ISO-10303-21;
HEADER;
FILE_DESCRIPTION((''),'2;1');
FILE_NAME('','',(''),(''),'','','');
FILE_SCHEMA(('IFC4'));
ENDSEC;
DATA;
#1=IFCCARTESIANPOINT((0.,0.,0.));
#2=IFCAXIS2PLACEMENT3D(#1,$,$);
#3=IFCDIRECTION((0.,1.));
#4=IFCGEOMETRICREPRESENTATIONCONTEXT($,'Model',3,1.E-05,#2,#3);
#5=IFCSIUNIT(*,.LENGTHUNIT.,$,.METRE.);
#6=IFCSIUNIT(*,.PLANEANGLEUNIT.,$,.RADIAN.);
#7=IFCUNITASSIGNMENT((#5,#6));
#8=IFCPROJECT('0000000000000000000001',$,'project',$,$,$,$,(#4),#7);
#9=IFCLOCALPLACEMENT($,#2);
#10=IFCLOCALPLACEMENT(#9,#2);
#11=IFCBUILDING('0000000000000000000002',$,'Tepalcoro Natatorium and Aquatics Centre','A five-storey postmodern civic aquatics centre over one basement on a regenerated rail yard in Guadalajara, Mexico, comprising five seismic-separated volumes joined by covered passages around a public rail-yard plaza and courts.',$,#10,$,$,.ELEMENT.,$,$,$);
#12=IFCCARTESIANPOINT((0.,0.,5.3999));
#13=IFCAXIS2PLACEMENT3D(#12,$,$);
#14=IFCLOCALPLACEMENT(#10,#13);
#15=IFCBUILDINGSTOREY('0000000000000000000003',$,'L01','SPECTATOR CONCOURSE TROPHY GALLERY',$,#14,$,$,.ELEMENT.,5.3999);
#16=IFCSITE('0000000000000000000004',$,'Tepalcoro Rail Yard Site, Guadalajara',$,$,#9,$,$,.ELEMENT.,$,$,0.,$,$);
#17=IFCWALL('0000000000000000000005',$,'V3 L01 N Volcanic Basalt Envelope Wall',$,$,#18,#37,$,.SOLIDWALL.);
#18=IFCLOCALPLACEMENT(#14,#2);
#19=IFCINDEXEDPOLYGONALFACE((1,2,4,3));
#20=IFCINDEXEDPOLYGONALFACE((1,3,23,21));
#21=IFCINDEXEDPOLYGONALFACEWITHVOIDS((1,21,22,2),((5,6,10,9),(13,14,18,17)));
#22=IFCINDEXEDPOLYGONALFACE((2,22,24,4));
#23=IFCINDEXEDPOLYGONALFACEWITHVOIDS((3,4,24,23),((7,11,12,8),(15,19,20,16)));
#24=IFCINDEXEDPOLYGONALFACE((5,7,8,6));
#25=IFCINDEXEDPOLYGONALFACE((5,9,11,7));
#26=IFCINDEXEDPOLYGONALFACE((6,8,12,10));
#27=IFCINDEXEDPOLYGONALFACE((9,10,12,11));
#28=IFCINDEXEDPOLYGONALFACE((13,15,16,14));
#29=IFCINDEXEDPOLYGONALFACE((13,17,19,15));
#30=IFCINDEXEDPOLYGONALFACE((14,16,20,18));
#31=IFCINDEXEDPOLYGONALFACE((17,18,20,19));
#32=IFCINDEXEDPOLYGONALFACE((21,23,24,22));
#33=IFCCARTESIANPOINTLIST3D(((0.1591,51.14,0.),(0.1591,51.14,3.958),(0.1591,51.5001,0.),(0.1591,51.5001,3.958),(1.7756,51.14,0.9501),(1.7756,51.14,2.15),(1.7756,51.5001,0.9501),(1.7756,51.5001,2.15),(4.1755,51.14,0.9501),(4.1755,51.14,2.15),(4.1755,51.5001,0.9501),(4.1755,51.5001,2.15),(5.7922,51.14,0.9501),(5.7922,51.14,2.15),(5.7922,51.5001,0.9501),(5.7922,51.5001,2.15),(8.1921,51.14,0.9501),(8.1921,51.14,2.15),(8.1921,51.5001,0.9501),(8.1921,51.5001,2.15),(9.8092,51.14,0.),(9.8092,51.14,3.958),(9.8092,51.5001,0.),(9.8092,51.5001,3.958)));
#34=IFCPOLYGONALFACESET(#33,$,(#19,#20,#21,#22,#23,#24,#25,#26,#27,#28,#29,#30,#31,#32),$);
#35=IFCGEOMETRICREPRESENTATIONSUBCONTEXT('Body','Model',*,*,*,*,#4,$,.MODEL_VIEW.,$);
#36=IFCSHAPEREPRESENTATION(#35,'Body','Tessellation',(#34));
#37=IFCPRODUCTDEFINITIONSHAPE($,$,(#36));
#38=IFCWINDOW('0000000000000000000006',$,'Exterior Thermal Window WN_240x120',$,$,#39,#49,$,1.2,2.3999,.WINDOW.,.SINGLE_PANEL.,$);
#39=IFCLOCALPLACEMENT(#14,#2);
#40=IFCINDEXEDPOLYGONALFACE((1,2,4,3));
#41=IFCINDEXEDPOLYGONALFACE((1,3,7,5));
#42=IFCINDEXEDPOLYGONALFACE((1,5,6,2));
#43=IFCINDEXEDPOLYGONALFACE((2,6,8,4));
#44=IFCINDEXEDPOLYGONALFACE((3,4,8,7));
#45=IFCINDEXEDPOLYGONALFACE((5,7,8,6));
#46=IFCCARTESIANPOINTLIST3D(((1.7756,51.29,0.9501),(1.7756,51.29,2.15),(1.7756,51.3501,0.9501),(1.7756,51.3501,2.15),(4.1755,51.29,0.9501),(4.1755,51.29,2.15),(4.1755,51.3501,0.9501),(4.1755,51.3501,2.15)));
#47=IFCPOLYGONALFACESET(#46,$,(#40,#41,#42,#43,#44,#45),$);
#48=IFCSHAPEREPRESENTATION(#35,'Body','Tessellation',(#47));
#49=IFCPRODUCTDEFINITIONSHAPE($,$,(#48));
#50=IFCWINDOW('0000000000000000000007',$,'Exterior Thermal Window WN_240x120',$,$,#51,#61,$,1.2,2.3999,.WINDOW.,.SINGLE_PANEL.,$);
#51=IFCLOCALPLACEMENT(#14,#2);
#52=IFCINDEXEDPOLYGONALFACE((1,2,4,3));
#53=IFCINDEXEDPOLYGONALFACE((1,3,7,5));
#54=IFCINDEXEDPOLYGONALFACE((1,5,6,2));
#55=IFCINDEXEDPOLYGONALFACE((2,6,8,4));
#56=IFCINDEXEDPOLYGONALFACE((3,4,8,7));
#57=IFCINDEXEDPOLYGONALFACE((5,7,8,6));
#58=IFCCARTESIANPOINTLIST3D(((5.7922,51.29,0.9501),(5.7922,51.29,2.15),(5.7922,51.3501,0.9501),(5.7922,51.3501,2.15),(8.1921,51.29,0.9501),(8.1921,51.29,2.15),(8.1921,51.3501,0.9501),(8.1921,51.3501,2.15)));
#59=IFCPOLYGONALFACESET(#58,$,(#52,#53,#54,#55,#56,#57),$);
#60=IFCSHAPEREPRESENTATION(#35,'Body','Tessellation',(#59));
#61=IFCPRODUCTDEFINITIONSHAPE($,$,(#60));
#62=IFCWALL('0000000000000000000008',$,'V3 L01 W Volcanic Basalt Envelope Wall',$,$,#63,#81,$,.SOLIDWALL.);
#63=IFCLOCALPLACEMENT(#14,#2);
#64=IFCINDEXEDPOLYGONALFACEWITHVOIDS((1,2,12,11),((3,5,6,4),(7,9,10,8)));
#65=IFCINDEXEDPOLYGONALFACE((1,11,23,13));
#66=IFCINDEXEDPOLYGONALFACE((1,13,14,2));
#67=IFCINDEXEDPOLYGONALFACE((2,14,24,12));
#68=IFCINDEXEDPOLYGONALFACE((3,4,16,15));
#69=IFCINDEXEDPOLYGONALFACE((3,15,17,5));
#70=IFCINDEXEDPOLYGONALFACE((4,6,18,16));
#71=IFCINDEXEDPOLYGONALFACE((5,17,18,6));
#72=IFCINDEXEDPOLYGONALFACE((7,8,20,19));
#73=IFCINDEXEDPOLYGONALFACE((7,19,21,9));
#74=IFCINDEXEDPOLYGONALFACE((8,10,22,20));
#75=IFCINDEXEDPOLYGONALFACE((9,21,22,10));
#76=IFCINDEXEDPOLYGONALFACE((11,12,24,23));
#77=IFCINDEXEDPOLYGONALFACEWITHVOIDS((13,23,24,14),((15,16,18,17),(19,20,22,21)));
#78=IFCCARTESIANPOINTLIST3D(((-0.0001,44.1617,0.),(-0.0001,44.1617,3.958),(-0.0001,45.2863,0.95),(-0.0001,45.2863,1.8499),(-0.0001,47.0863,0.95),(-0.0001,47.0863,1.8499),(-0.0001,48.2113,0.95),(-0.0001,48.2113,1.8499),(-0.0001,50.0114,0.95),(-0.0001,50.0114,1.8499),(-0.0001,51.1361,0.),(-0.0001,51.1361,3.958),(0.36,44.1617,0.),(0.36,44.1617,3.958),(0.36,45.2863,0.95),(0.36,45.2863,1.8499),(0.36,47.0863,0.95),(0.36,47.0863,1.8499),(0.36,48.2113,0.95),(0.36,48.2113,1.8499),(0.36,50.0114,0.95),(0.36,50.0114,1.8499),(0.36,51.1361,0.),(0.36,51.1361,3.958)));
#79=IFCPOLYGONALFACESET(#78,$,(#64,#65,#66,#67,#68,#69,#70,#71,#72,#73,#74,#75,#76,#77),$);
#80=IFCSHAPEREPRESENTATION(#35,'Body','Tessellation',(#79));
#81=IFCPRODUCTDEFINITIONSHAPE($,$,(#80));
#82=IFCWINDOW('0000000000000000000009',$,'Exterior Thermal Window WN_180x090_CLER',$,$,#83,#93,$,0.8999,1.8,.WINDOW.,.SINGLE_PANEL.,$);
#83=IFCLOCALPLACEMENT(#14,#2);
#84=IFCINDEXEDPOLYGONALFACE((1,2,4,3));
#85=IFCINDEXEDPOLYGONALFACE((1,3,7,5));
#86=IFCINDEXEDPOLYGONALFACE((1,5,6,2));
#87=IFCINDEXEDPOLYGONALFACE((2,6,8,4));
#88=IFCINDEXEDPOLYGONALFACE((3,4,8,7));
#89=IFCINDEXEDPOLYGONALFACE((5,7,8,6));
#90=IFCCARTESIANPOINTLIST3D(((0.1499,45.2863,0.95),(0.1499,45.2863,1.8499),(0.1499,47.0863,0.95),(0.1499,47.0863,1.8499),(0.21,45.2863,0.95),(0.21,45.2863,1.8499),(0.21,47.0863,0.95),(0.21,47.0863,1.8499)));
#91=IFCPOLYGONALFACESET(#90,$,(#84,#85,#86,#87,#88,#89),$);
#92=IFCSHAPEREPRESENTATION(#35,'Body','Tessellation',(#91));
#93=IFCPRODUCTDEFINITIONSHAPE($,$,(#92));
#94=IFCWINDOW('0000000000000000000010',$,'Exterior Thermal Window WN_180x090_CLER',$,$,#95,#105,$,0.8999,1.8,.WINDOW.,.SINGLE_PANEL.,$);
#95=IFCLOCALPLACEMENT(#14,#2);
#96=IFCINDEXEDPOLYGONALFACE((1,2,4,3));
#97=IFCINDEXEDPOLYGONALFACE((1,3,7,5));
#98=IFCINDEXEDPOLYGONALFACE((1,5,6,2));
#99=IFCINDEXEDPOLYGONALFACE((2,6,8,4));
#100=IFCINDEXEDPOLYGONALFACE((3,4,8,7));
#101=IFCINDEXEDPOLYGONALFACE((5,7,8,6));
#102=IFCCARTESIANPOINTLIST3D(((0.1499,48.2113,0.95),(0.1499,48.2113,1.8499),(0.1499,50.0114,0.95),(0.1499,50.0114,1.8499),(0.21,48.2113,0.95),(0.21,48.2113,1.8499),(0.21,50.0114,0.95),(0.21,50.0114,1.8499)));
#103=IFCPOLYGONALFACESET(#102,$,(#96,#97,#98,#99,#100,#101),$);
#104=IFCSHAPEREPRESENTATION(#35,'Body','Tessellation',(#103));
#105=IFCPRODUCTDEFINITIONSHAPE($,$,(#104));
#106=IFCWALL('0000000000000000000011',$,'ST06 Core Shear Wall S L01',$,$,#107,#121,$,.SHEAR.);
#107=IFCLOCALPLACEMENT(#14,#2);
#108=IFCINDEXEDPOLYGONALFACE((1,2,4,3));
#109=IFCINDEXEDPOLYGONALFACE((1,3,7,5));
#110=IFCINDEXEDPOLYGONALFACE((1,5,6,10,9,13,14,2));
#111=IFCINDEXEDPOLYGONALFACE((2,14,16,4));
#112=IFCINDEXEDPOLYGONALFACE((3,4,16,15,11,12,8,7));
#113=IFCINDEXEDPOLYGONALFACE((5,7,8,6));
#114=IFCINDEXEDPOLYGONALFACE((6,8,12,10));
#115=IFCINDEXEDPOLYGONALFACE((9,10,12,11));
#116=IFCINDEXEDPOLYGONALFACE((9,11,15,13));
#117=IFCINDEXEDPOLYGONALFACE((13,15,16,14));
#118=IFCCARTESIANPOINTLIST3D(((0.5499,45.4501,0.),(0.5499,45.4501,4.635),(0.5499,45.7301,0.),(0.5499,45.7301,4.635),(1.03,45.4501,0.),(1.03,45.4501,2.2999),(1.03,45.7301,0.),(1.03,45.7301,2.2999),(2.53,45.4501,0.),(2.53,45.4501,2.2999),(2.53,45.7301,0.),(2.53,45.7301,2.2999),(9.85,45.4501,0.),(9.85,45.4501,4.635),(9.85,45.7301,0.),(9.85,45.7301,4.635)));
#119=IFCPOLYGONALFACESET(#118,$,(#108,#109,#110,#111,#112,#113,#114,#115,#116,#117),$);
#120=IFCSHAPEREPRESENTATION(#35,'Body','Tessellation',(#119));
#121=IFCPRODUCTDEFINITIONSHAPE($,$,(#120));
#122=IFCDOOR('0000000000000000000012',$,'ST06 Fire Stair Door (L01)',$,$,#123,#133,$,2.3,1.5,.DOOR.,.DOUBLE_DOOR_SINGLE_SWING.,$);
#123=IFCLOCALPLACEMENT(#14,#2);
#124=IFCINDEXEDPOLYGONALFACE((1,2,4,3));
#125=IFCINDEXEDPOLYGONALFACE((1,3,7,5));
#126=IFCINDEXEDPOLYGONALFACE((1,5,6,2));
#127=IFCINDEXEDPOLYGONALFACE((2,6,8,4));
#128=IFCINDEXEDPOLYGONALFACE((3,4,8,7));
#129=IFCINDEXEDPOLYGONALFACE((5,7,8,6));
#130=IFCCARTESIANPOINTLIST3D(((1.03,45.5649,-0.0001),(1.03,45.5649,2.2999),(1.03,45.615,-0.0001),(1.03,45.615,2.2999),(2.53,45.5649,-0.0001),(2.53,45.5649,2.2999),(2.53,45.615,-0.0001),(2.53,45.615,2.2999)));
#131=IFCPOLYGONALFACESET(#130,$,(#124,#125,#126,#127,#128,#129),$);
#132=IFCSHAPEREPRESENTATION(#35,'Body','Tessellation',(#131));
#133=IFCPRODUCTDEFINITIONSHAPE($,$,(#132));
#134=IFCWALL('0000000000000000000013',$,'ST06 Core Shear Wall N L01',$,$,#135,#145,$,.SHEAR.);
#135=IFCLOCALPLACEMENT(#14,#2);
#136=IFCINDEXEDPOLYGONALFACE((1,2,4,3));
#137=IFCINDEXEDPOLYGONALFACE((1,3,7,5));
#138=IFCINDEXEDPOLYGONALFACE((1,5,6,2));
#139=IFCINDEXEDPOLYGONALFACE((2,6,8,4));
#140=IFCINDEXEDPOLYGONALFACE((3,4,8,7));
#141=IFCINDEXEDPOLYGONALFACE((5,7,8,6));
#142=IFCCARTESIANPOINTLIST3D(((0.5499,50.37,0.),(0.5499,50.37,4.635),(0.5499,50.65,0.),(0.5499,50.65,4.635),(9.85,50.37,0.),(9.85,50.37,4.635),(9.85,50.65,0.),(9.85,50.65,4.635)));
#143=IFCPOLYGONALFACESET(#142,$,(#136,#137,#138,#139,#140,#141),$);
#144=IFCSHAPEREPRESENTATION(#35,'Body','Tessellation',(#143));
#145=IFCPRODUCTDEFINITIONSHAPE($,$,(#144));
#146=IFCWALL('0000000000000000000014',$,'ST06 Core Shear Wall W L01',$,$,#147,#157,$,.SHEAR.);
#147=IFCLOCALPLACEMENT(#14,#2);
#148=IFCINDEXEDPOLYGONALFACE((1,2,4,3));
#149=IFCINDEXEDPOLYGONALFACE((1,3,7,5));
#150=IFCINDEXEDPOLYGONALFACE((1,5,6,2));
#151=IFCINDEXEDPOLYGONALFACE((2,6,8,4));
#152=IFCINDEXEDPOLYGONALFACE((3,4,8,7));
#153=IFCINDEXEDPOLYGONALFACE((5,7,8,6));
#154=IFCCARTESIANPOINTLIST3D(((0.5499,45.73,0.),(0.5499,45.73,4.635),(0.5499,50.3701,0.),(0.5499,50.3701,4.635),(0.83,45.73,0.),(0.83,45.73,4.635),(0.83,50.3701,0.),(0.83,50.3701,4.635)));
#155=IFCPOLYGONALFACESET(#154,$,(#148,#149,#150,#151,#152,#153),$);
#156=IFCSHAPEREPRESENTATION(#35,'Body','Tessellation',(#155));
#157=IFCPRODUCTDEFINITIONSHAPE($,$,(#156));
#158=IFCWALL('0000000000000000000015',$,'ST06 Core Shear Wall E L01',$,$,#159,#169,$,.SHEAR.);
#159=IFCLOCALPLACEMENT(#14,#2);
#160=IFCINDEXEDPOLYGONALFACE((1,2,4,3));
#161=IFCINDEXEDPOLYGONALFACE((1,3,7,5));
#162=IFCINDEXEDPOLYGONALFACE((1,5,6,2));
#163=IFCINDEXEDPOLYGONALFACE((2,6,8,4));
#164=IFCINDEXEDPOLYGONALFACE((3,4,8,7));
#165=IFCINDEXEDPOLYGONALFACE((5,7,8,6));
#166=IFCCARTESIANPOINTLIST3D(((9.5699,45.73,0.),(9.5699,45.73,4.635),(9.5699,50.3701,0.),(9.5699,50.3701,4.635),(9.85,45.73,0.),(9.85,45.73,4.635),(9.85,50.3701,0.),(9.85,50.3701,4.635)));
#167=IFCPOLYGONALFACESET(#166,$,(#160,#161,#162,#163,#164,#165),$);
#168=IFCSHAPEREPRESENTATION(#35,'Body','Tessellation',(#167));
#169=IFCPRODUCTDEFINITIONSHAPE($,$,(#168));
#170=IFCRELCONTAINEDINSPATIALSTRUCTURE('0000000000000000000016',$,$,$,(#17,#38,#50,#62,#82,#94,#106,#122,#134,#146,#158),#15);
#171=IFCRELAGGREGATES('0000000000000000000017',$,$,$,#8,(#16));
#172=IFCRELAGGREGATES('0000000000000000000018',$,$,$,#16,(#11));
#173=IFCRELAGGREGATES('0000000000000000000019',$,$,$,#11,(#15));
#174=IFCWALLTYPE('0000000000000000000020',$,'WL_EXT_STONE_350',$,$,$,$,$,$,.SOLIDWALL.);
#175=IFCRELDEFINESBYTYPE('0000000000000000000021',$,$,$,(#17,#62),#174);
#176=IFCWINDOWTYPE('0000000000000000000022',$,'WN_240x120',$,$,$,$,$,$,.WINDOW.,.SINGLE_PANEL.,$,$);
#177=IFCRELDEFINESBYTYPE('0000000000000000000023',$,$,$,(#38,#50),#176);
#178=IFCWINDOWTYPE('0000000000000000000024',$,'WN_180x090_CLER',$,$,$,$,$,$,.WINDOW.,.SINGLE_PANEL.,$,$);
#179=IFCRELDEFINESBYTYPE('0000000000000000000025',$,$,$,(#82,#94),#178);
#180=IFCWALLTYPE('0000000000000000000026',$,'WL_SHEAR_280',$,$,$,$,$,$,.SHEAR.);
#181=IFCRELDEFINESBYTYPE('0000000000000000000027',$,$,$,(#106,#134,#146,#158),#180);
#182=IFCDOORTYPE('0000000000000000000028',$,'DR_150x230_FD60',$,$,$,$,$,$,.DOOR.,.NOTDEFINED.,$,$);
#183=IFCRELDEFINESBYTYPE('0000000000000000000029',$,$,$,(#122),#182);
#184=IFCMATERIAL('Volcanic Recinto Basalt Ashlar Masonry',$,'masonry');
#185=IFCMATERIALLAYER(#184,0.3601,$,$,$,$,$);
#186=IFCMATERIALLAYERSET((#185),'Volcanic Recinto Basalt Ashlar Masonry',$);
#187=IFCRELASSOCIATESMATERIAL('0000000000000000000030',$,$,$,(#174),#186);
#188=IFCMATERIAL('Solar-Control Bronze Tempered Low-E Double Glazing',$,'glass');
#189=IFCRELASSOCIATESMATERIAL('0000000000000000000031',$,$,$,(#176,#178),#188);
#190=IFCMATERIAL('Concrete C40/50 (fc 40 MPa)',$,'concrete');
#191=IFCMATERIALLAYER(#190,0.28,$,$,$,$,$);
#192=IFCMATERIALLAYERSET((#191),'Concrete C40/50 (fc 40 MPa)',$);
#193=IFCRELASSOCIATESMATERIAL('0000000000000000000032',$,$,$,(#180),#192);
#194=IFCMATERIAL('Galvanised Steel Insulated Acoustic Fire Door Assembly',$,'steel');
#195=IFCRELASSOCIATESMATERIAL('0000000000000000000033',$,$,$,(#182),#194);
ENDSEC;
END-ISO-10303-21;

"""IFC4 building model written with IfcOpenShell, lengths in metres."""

from ifc_helpers import new_model, si_unit, direction, frame, frame_2d, origin, place, context, subcontext, project, spatial, rectangle, extrude, material, layer, layer_set, type_object, element, fill, save


model = new_model("IFC4")

# Units and contexts
model_context = context("Model", 3, precision=1e-05, world=origin(), true_north=direction((0.0, 1.0)))
body_context = subcontext(model_context, "Body", "Model", "MODEL_VIEW")
ifc_project = project(units=[si_unit("LENGTHUNIT", "METRE"), si_unit("PLANEANGLEUNIT", "RADIAN")], contexts=[model_context])

# Site, building, storey
site_placement = place(None, origin())
site = spatial("IfcSite", under=ifc_project, at=site_placement, Name="Tepalcoro Rail Yard Site, Guadalajara", CompositionType="ELEMENT", RefElevation=0.0)
building_placement = place(site_placement, origin())
building = spatial("IfcBuilding", under=site, at=building_placement, Name="Tepalcoro Natatorium and Aquatics Centre", Description="A five-storey postmodern civic aquatics centre over one basement on a regenerated rail yard in Guadalajara, Mexico, comprising five seismic-separated volumes joined by covered passages around a public rail-yard plaza and courts.", CompositionType="ELEMENT")
storey_placement = place(building_placement, frame((0.0, 0.0, 5.3999)))
storey = spatial("IfcBuildingStorey", under=building, at=storey_placement, Name="L01", Description="SPECTATOR CONCOURSE TROPHY GALLERY", CompositionType="ELEMENT", Elevation=5.3999)

# Shared definitions
ifc_material_1 = material(Name="Concrete C40/50 (fc 40 MPa)", Category="concrete")

# Shared definitions
ifc_material_2 = material(Name="Solar-Control Bronze Tempered Low-E Double Glazing", Category="glass")
ifc_material_3 = material(Name="Volcanic Recinto Basalt Ashlar Masonry", Category="masonry")

# Walls, openings, windows
ifc_layer_1 = layer(ifc_material_3, 0.3601)
ifc_layer_set_1 = layer_set([ifc_layer_1], Name="Volcanic Recinto Basalt Ashlar Masonry")
wall_type_1 = type_object("IfcWallType", Name="WL_EXT_STONE_350", PredefinedType="SOLIDWALL", material=ifc_layer_set_1)
wall_1_placement = place(storey_placement, frame((0.1589, 51.3201, 0.0), z_axis=(0.0, 0.0, 1.0), x_axis=(1.0, 0.0, 0.0)))
wall_1 = element("IfcWall", 1, at=wall_1_placement, inside=storey, type_object=wall_type_1, Name="V3 L01 N Volcanic Basalt Envelope Wall", PredefinedType="SOLIDWALL", context=body_context, shape_type="SweptSolid", body=[
    extrude(rectangle(XDim=9.6501, YDim=0.3601, at=frame_2d((4.8252, 0.0))), origin(), (0.0, 0.0, 1.0), 3.958),
])
opening_1_placement = place(wall_1_placement, frame((1.6167, 0.0, 0.95)))
opening_1 = element("IfcOpeningElement", 2, at=opening_1_placement, cuts=wall_1, PredefinedType="OPENING", context=body_context, shape_type="SweptSolid", body=[
    extrude(rectangle(XDim=2.3999, YDim=1.2, at=frame_2d((1.2, 0.6001))), frame((0.0, 0.1919, 0.0), z_axis=(0.0, -1.0, 0.0), x_axis=(1.0, 0.0, 0.0)), (0.0, 0.0, 1.0), 0.384),
])
opening_2_placement = place(wall_1_placement, frame((5.6333, 0.0, 0.95)))
opening_2 = element("IfcOpeningElement", 3, at=opening_2_placement, cuts=wall_1, PredefinedType="OPENING", context=body_context, shape_type="SweptSolid", body=[
    extrude(rectangle(XDim=2.3999, YDim=1.2, at=frame_2d((1.2, 0.6001))), frame((0.0, 0.1919, 0.0), z_axis=(0.0, -1.0, 0.0), x_axis=(1.0, 0.0, 0.0)), (0.0, 0.0, 1.0), 0.384),
])
window_type_1 = type_object("IfcWindowType", Name="WN_240x120", PartitioningType="SINGLE_PANEL", PredefinedType="WINDOW", material=ifc_material_2)
window_1_placement = place(opening_1_placement, origin())
window_1 = element("IfcWindow", 4, at=window_1_placement, inside=storey, type_object=window_type_1, Name="Exterior Thermal Window WN_240x120", OverallHeight=1.2, OverallWidth=2.3999, PartitioningType="SINGLE_PANEL", PredefinedType="WINDOW", context=body_context, shape_type="SweptSolid", body=[
    extrude(rectangle(XDim=2.3999, YDim=1.2, at=frame_2d((1.2, 0.6001))), frame((0.0, 0.03, 0.0), z_axis=(0.0, -1.0, 0.0), x_axis=(1.0, 0.0, 0.0)), (0.0, 0.0, 1.0), 0.0601),
])
fill(opening_1, window_1)
window_2_placement = place(opening_2_placement, origin())
window_2 = element("IfcWindow", 5, at=window_2_placement, inside=storey, type_object=window_type_1, Name="Exterior Thermal Window WN_240x120", OverallHeight=1.2, OverallWidth=2.3999, PartitioningType="SINGLE_PANEL", PredefinedType="WINDOW", context=body_context, shape_type="SweptSolid", body=[
    extrude(rectangle(XDim=2.3999, YDim=1.2, at=frame_2d((1.2, 0.6001))), frame((0.0, 0.03, 0.0), z_axis=(0.0, -1.0, 0.0), x_axis=(1.0, 0.0, 0.0)), (0.0, 0.0, 1.0), 0.0601),
])
fill(opening_2, window_2)
wall_2_placement = place(storey_placement, frame((0.1799, 44.1616, 0.0), z_axis=(0.0, 0.0, 1.0), x_axis=(0.0, 1.0, 0.0)))
wall_2 = element("IfcWall", 6, at=wall_2_placement, inside=storey, type_object=wall_type_1, Name="V3 L01 W Volcanic Basalt Envelope Wall", PredefinedType="SOLIDWALL", context=body_context, shape_type="SweptSolid", body=[
    extrude(rectangle(XDim=6.9744, YDim=0.3601, at=frame_2d((3.4873, 0.0))), origin(), (0.0, 0.0, 1.0), 3.958),
])
opening_3_placement = place(wall_2_placement, frame((1.1248, 0.0, 0.95)))
opening_3 = element("IfcOpeningElement", 7, at=opening_3_placement, cuts=wall_2, PredefinedType="OPENING", context=body_context, shape_type="SweptSolid", body=[
    extrude(rectangle(XDim=1.8, YDim=0.8999, at=frame_2d((0.8999, 0.45))), frame((0.0, 0.1919, 0.0), z_axis=(0.0, -1.0, 0.0), x_axis=(1.0, 0.0, 0.0)), (0.0, 0.0, 1.0), 0.384),
])
opening_4_placement = place(wall_2_placement, frame((4.0498, 0.0, 0.95)))
opening_4 = element("IfcOpeningElement", 8, at=opening_4_placement, cuts=wall_2, PredefinedType="OPENING", context=body_context, shape_type="SweptSolid", body=[
    extrude(rectangle(XDim=1.8, YDim=0.8999, at=frame_2d((0.8999, 0.45))), frame((0.0, 0.1919, 0.0), z_axis=(0.0, -1.0, 0.0), x_axis=(1.0, 0.0, 0.0)), (0.0, 0.0, 1.0), 0.384),
])
window_type_2 = type_object("IfcWindowType", Name="WN_180x090_CLER", PartitioningType="SINGLE_PANEL", PredefinedType="WINDOW", material=ifc_material_2)
window_3_placement = place(opening_3_placement, origin())
window_3 = element("IfcWindow", 9, at=window_3_placement, inside=storey, type_object=window_type_2, Name="Exterior Thermal Window WN_180x090_CLER", OverallHeight=0.8999, OverallWidth=1.8, PartitioningType="SINGLE_PANEL", PredefinedType="WINDOW", context=body_context, shape_type="SweptSolid", body=[
    extrude(rectangle(XDim=1.8, YDim=0.8999, at=frame_2d((0.8999, 0.45))), frame((0.0, 0.03, 0.0), z_axis=(0.0, -1.0, 0.0), x_axis=(1.0, 0.0, 0.0)), (0.0, 0.0, 1.0), 0.0601),
])
fill(opening_3, window_3)
window_4_placement = place(opening_4_placement, origin())
window_4 = element("IfcWindow", 10, at=window_4_placement, inside=storey, type_object=window_type_2, Name="Exterior Thermal Window WN_180x090_CLER", OverallHeight=0.8999, OverallWidth=1.8, PartitioningType="SINGLE_PANEL", PredefinedType="WINDOW", context=body_context, shape_type="SweptSolid", body=[
    extrude(rectangle(XDim=1.8, YDim=0.8999, at=frame_2d((0.8999, 0.45))), frame((0.0, 0.03, 0.0), z_axis=(0.0, -1.0, 0.0), x_axis=(1.0, 0.0, 0.0)), (0.0, 0.0, 1.0), 0.0601),
])
fill(opening_4, window_4)

# Wall, opening, door
ifc_layer_2 = layer(ifc_material_1, 0.28)
ifc_layer_set_2 = layer_set([ifc_layer_2], Name="Concrete C40/50 (fc 40 MPa)")
wall_type_2 = type_object("IfcWallType", Name="WL_SHEAR_280", PredefinedType="SHEAR", material=ifc_layer_set_2)
wall_3_placement = place(storey_placement, frame((0.55, 45.5901, 0.0), z_axis=(0.0, 0.0, 1.0), x_axis=(1.0, 0.0, 0.0)))
wall_3 = element("IfcWall", 11, at=wall_3_placement, inside=storey, type_object=wall_type_2, Name="ST06 Core Shear Wall S L01", PredefinedType="SHEAR", context=body_context, shape_type="SweptSolid", body=[
    extrude(rectangle(XDim=9.3, YDim=0.28, at=frame_2d((4.6499, 0.0))), origin(), (0.0, 0.0, 1.0), 4.635),
])
opening_5_placement = place(wall_3_placement, frame((0.48, 0.0, 0.0)))
opening_5 = element("IfcOpeningElement", 12, at=opening_5_placement, cuts=wall_3, PredefinedType="OPENING", context=body_context, shape_type="SweptSolid", body=[
    extrude(rectangle(XDim=1.5, YDim=2.3, at=frame_2d((0.75, 1.1499))), frame((0.0, 0.1519, 0.0), z_axis=(0.0, -1.0, 0.0), x_axis=(1.0, 0.0, 0.0)), (0.0, 0.0, 1.0), 0.304),
])
ifc_material_4 = material(Name="Galvanised Steel Insulated Acoustic Fire Door Assembly", Category="steel")
door_type = type_object("IfcDoorType", Name="DR_150x230_FD60", OperationType="NOTDEFINED", PredefinedType="DOOR", material=ifc_material_4)
door_placement = place(opening_5_placement, origin())
door = element("IfcDoor", 13, at=door_placement, inside=storey, type_object=door_type, Name="ST06 Fire Stair Door (L01)", OperationType="DOUBLE_DOOR_SINGLE_SWING", OverallHeight=2.3, OverallWidth=1.5, PredefinedType="DOOR", context=body_context, shape_type="SweptSolid", body=[
    extrude(rectangle(XDim=1.5, YDim=2.3, at=frame_2d((0.75, 1.1499))), frame((0.0, 0.0249, 0.0), z_axis=(0.0, -1.0, 0.0), x_axis=(1.0, 0.0, 0.0)), (0.0, 0.0, 1.0), 0.05),
])
fill(opening_5, door)

# Walls
wall_4_placement = place(storey_placement, frame((0.55, 50.51, 0.0), z_axis=(0.0, 0.0, 1.0), x_axis=(1.0, 0.0, 0.0)))
element("IfcWall", 14, at=wall_4_placement, inside=storey, type_object=wall_type_2, Name="ST06 Core Shear Wall N L01", PredefinedType="SHEAR", context=body_context, shape_type="SweptSolid", body=[
    extrude(rectangle(XDim=9.3, YDim=0.28, at=frame_2d((4.6499, 0.0))), origin(), (0.0, 0.0, 1.0), 4.635),
])
for number, where, z_axis, x_axis, name in (
    (15, (0.6899, 45.73, 0.0), (0.0, 0.0, 1.0), (0.0, 1.0, 0.0), "ST06 Core Shear Wall W L01"),
    (16, (9.71, 45.73, 0.0), (0.0, 0.0, 1.0), (0.0, 1.0, 0.0), "ST06 Core Shear Wall E L01"),
):
    element("IfcWall", number, at=place(storey_placement, frame(where, z_axis=z_axis, x_axis=x_axis)), inside=storey, type_object=wall_type_2, Name=name, PredefinedType="SHEAR", context=body_context, shape_type="SweptSolid", body=[
        extrude(rectangle(XDim=4.6401, YDim=0.28, at=frame_2d((2.3201, 0.0))), origin(), (0.0, 0.0, 1.0), 4.635),
    ])

save(model, "model.ifc")
